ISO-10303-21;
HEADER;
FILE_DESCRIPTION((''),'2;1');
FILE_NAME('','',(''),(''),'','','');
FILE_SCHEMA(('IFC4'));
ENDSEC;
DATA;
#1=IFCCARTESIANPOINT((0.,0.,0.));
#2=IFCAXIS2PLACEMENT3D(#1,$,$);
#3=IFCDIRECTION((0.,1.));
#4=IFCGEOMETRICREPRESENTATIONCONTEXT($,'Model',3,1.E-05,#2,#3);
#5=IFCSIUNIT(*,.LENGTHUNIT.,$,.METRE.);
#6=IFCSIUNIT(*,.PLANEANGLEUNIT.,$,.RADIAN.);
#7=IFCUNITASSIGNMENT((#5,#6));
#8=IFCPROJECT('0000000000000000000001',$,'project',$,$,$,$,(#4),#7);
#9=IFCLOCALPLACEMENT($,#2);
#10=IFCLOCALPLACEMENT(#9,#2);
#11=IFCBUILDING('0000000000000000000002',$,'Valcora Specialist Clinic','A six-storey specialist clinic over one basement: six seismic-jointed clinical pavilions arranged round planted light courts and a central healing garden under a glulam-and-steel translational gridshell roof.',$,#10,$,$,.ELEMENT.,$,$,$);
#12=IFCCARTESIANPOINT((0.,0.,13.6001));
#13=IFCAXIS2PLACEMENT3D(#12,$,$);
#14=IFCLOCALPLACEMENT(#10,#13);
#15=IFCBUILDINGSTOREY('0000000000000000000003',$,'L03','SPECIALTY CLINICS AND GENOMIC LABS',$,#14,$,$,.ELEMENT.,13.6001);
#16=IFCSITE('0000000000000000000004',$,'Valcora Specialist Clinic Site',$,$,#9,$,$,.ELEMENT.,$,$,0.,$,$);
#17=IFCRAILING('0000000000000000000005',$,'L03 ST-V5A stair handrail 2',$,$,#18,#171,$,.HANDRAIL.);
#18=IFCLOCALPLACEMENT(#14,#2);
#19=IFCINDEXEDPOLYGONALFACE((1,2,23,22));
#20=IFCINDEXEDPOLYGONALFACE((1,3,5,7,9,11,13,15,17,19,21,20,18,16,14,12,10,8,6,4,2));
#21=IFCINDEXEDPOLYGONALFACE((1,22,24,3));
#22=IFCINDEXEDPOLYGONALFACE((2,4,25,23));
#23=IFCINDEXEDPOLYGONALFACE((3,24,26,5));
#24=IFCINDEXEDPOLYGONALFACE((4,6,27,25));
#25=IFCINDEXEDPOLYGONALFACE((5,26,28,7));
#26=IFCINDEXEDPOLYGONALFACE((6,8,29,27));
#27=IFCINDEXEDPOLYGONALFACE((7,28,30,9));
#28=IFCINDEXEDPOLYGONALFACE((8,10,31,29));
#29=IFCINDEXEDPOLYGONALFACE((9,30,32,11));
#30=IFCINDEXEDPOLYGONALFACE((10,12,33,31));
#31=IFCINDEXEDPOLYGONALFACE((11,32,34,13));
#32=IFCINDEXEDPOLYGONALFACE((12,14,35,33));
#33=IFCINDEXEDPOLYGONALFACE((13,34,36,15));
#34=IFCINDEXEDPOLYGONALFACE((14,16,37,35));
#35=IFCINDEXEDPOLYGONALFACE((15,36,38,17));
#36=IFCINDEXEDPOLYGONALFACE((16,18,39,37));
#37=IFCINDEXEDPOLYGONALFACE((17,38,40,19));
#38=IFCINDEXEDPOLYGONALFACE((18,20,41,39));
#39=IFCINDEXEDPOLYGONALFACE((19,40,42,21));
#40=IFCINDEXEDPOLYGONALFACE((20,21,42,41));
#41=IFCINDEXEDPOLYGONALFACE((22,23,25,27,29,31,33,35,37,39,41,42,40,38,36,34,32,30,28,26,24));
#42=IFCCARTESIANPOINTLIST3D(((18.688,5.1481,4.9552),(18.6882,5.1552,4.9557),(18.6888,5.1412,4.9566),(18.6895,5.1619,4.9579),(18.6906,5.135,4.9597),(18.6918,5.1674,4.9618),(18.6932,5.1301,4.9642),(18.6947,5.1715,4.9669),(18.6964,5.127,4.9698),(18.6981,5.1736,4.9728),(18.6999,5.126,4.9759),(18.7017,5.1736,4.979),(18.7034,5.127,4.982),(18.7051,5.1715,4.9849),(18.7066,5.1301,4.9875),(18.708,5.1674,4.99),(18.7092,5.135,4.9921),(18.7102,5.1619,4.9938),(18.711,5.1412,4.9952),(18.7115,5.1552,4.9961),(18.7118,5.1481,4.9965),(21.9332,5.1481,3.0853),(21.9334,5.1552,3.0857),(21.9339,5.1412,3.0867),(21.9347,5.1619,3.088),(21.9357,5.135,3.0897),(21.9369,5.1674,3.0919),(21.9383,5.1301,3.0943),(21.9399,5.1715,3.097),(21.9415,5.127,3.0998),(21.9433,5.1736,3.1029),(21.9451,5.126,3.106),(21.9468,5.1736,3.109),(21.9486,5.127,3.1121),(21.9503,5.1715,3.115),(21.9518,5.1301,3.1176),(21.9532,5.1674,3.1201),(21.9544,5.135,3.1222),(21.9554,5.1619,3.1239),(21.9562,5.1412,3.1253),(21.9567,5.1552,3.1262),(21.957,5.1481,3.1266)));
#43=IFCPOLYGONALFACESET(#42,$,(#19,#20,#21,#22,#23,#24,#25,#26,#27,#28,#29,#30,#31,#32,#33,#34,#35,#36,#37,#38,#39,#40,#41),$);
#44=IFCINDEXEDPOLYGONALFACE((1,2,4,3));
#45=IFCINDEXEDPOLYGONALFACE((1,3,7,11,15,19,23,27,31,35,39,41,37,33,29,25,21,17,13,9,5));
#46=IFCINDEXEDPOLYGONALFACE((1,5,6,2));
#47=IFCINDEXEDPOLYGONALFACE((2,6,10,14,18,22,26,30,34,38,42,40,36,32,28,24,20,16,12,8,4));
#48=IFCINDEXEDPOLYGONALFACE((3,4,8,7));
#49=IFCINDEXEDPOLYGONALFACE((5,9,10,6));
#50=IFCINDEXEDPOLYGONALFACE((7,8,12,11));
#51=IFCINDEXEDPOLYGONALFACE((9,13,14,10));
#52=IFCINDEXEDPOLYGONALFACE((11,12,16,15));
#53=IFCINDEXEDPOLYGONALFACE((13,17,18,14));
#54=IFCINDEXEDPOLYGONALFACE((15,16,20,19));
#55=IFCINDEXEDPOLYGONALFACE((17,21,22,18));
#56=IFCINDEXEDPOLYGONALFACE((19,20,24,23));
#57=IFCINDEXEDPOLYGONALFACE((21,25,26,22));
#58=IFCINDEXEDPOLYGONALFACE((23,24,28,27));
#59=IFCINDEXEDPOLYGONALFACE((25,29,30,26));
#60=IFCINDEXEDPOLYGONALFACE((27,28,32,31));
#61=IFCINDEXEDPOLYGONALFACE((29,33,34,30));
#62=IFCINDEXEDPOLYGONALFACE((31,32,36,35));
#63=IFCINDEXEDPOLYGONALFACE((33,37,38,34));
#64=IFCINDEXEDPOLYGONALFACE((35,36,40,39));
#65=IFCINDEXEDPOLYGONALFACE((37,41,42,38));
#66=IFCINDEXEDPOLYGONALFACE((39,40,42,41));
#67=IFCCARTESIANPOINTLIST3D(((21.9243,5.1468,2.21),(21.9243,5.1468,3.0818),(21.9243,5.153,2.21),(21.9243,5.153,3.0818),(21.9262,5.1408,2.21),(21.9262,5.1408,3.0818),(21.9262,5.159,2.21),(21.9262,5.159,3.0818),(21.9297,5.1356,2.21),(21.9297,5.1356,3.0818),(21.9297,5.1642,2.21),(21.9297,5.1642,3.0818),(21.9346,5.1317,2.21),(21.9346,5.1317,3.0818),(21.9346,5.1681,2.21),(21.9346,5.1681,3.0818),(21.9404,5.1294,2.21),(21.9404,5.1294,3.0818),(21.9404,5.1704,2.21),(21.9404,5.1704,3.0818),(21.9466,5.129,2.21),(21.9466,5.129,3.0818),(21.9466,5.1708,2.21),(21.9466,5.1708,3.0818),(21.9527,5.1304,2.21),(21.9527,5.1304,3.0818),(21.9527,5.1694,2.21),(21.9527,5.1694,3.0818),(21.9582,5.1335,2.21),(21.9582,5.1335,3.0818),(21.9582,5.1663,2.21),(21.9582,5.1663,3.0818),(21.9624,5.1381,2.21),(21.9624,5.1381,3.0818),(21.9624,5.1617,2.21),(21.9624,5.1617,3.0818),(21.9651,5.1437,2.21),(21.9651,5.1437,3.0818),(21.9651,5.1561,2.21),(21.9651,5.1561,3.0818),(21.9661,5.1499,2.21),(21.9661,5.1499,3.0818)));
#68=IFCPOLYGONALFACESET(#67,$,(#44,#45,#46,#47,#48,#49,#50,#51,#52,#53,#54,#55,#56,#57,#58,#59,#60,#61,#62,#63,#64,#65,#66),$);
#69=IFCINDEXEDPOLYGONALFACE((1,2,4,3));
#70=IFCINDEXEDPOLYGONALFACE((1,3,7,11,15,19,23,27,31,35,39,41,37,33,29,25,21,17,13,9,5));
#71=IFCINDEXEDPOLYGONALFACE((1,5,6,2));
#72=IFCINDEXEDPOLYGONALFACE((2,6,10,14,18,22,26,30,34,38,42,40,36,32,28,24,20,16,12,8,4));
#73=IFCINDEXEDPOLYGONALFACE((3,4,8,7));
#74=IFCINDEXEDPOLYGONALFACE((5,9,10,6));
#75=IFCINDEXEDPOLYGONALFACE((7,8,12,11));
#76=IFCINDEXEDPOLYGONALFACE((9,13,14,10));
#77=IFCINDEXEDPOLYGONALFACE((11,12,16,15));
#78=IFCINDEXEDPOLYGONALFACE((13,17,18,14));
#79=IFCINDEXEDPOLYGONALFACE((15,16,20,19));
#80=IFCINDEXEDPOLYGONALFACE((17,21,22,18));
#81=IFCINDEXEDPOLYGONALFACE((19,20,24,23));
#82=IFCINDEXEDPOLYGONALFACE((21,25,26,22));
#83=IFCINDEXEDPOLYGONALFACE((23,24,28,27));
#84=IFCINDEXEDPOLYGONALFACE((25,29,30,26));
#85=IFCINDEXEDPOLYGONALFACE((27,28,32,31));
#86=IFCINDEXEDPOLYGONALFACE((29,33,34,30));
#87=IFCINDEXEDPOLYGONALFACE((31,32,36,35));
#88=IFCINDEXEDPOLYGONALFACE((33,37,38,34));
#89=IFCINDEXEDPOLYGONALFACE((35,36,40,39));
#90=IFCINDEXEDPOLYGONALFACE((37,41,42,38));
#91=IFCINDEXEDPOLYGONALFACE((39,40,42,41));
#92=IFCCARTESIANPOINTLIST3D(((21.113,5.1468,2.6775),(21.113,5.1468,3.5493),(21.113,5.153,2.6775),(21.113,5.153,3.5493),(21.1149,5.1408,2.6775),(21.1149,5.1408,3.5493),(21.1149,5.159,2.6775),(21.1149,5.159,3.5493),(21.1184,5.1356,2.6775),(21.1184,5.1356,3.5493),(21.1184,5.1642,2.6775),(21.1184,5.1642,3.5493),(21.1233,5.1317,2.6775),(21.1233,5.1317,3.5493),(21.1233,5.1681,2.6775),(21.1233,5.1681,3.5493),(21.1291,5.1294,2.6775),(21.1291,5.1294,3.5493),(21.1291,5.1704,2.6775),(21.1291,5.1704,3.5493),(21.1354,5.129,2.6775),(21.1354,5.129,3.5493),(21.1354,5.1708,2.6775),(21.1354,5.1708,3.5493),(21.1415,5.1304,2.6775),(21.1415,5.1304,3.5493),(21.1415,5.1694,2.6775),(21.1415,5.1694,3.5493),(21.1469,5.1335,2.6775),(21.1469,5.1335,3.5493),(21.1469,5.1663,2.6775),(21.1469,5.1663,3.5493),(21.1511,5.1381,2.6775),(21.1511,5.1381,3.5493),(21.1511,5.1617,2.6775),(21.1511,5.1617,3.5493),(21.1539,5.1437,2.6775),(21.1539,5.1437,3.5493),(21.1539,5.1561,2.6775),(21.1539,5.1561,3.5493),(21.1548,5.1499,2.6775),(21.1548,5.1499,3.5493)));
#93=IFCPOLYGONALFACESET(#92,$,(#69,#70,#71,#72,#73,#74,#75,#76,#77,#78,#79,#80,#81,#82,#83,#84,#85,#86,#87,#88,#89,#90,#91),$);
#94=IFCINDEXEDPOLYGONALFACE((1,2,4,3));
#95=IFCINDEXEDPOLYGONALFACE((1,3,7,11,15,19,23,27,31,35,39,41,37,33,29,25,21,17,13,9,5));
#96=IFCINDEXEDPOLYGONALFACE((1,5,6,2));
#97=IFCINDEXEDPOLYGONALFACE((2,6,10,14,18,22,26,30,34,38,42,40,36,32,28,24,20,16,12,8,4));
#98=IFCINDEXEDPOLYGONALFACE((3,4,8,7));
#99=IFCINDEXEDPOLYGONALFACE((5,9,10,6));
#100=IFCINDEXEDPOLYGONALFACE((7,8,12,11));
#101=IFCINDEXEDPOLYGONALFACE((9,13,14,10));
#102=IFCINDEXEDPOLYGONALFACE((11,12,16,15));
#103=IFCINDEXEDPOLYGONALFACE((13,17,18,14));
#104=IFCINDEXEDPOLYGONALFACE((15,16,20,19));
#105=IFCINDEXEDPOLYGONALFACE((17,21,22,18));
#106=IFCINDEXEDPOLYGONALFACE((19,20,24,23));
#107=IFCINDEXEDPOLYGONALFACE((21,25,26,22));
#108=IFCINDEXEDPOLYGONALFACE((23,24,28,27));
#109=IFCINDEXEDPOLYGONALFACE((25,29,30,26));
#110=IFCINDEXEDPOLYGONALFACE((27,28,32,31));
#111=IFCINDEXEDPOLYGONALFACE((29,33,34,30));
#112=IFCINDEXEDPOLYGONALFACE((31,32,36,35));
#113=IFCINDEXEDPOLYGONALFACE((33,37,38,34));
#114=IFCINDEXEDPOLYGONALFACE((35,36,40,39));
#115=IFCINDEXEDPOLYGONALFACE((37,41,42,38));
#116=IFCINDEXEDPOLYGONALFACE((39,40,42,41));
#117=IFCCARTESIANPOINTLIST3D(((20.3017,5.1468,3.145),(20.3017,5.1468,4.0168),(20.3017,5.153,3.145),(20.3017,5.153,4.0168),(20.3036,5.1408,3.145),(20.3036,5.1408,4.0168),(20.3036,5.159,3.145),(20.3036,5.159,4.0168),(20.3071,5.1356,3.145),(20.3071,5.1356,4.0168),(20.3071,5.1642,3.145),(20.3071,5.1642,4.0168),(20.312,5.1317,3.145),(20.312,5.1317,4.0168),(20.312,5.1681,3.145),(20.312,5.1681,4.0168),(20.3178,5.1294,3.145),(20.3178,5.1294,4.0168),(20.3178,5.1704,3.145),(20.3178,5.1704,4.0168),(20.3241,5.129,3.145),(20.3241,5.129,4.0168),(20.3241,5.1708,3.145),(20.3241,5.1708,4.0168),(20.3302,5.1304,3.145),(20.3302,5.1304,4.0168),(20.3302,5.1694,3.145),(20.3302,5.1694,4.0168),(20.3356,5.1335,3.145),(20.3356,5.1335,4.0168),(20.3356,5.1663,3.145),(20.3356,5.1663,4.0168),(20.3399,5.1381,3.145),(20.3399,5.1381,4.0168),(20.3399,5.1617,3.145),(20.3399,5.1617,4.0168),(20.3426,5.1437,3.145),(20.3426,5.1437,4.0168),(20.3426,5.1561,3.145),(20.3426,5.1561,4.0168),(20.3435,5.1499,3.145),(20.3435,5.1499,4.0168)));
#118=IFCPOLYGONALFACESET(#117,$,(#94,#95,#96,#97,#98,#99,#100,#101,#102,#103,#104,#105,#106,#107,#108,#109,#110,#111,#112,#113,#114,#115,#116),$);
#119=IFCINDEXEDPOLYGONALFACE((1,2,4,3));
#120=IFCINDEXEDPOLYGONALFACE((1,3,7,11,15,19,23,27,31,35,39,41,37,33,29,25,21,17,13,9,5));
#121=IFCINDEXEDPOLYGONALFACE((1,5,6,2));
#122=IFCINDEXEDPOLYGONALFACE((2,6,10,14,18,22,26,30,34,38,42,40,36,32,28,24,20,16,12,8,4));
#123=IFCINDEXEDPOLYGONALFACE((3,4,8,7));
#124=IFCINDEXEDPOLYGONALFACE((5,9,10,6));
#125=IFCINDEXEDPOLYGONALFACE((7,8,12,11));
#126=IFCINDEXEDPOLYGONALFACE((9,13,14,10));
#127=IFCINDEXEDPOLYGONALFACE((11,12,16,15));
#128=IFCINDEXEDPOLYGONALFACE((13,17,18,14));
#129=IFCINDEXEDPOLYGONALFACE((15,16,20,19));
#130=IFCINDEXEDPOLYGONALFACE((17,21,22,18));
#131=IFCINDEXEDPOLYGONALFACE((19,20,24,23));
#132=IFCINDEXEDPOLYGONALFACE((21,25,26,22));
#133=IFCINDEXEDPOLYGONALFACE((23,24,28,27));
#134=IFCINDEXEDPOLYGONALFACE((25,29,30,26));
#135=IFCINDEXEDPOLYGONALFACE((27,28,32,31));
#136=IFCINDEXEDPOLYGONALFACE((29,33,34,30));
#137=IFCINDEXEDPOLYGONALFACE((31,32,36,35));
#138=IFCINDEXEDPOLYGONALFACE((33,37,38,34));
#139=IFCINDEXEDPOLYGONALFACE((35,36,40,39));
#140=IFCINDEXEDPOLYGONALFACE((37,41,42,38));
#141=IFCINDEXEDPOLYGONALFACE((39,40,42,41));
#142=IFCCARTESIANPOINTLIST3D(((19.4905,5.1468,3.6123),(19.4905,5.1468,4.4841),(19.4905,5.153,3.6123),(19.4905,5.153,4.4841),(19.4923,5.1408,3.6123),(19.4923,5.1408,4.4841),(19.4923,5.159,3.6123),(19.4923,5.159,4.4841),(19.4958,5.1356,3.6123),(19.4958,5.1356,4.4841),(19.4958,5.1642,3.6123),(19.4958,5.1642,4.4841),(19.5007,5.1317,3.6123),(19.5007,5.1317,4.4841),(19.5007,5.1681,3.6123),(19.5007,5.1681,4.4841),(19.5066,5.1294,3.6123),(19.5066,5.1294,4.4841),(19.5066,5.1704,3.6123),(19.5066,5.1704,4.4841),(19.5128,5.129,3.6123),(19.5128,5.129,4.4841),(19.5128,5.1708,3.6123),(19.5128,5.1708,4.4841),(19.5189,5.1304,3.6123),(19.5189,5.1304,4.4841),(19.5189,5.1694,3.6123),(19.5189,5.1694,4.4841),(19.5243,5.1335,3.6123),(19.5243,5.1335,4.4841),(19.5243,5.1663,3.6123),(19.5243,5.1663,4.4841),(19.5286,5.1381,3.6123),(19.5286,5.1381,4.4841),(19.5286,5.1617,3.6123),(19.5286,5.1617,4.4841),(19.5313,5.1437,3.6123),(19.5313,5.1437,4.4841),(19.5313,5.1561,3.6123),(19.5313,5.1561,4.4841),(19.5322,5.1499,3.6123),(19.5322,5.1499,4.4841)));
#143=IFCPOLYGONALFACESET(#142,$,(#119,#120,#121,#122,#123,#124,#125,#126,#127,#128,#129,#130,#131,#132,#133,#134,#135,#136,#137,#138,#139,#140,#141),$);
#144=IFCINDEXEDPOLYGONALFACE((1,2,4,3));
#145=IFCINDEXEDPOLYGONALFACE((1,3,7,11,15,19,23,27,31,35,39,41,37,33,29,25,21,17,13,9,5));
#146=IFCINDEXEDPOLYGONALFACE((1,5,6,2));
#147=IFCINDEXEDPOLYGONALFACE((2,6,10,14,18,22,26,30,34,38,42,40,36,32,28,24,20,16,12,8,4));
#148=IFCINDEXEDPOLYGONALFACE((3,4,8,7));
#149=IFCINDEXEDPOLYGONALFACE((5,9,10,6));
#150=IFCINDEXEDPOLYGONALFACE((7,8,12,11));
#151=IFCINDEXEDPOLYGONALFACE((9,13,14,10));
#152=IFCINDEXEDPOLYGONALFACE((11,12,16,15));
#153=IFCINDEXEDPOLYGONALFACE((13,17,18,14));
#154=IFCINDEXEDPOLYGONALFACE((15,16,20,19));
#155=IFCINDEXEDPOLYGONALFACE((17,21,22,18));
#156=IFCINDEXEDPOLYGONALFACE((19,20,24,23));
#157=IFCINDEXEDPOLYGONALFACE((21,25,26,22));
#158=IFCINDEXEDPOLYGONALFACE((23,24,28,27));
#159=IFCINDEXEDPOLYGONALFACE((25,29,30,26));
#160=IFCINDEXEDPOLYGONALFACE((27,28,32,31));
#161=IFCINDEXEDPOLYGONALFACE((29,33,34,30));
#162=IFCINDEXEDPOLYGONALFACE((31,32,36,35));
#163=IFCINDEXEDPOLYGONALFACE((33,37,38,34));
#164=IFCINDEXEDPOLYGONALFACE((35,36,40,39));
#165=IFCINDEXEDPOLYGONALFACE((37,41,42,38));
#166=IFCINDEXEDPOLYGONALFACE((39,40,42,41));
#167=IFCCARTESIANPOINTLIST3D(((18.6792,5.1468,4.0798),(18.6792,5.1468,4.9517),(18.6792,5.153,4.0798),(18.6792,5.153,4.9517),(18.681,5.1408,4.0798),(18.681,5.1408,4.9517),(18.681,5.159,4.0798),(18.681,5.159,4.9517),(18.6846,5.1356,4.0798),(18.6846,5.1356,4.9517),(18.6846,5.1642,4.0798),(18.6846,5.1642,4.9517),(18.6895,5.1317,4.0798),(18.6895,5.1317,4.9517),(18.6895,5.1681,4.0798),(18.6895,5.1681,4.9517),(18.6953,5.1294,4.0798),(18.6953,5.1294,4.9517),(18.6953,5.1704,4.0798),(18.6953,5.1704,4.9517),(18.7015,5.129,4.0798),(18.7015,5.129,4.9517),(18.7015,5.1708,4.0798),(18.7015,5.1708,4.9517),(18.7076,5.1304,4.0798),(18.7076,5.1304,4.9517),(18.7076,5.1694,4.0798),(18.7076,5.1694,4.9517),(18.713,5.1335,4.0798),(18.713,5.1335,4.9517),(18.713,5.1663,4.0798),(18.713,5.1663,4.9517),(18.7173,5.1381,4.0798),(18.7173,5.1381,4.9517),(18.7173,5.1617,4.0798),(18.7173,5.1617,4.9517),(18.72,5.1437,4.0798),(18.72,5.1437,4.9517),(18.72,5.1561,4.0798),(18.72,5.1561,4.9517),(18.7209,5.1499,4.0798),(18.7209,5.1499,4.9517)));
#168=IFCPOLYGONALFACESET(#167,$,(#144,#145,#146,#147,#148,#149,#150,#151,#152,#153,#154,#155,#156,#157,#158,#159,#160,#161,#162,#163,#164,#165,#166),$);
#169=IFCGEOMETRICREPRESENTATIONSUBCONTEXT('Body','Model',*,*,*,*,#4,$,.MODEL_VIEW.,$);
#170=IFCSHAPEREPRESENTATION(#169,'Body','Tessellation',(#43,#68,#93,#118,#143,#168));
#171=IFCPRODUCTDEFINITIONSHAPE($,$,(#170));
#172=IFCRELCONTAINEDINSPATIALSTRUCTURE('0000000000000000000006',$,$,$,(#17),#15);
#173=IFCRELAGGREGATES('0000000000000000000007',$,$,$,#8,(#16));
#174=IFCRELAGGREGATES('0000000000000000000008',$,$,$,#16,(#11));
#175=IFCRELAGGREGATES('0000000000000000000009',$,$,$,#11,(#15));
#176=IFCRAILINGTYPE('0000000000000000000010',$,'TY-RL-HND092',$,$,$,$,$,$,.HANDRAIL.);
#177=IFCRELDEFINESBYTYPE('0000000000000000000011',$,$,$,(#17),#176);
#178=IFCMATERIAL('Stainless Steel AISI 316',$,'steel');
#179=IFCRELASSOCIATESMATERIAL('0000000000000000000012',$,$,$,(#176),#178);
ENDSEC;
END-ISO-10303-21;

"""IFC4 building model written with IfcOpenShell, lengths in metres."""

from ifc_helpers import new_model, si_unit, direction, frame, origin, origin_2d, place, context, subcontext, project, spatial, circle, extrude, material, type_object, element, save


model = new_model("IFC4")

# Units and contexts
model_context = context("Model", 3, precision=1e-05, world=origin(), true_north=direction((0.0, 1.0)))
body_context = subcontext(model_context, "Body", "Model", "MODEL_VIEW")
ifc_project = project(units=[si_unit("LENGTHUNIT", "METRE"), si_unit("PLANEANGLEUNIT", "RADIAN")], contexts=[model_context])

# Site, building, storey
site_placement = place(None, origin())
site = spatial("IfcSite", under=ifc_project, at=site_placement, Name="Valcora Specialist Clinic Site", CompositionType="ELEMENT", RefElevation=0.0)
building_placement = place(site_placement, origin())
building = spatial("IfcBuilding", under=site, at=building_placement, Name="Valcora Specialist Clinic", Description="A six-storey specialist clinic over one basement: six seismic-jointed clinical pavilions arranged round planted light courts and a central healing garden under a glulam-and-steel translational gridshell roof.", CompositionType="ELEMENT")
storey_placement = place(building_placement, frame((0.0, 0.0, 13.6001)))
storey = spatial("IfcBuildingStorey", under=building, at=storey_placement, Name="L03", Description="SPECIALTY CLINICS AND GENOMIC LABS", CompositionType="ELEMENT", Elevation=13.6001)

# Shared definitions
ifc_material_1 = material(Name="Stainless Steel AISI 316", Category="steel")

# Railing
railing_type = type_object("IfcRailingType", Name="TY-RL-HND092", PredefinedType="HANDRAIL", material=ifc_material_1)
railing_placement = place(storey_placement, frame((21.9451, 5.1499, 2.21)))
element("IfcRailing", 1, at=railing_placement, inside=storey, type_object=railing_type, Name="L03 ST-V5A stair handrail 2", PredefinedType="HANDRAIL", context=body_context, shape_type="SweptSolid", body=[
    extrude(circle(Radius=0.0239, at=origin_2d()), frame((0.0, 0.0, 0.896), z_axis=(-0.866452, 0.0, 0.49926), x_axis=(0.0, -1.0, 0.0)), (0.0, 0.0, 1.0), 3.7454),
    extrude(circle(Radius=0.021, at=origin_2d()), origin(), (0.0, 0.0, 1.0), 0.8718),
    extrude(circle(Radius=0.021, at=origin_2d()), frame((-0.8113, 0.0, 0.4675)), (0.0, 0.0, 1.0), 0.8718),
    extrude(circle(Radius=0.021, at=origin_2d()), frame((-1.6226, 0.0, 0.9351)), (0.0, 0.0, 1.0), 0.8718),
    extrude(circle(Radius=0.021, at=origin_2d()), frame((-2.4338, 0.0, 1.4023)), (0.0, 0.0, 1.0), 0.8718),
    extrude(circle(Radius=0.021, at=origin_2d()), frame((-3.2451, 0.0, 1.8699)), (0.0, 0.0, 1.0), 0.8718),
])

save(model, "model.ifc")
